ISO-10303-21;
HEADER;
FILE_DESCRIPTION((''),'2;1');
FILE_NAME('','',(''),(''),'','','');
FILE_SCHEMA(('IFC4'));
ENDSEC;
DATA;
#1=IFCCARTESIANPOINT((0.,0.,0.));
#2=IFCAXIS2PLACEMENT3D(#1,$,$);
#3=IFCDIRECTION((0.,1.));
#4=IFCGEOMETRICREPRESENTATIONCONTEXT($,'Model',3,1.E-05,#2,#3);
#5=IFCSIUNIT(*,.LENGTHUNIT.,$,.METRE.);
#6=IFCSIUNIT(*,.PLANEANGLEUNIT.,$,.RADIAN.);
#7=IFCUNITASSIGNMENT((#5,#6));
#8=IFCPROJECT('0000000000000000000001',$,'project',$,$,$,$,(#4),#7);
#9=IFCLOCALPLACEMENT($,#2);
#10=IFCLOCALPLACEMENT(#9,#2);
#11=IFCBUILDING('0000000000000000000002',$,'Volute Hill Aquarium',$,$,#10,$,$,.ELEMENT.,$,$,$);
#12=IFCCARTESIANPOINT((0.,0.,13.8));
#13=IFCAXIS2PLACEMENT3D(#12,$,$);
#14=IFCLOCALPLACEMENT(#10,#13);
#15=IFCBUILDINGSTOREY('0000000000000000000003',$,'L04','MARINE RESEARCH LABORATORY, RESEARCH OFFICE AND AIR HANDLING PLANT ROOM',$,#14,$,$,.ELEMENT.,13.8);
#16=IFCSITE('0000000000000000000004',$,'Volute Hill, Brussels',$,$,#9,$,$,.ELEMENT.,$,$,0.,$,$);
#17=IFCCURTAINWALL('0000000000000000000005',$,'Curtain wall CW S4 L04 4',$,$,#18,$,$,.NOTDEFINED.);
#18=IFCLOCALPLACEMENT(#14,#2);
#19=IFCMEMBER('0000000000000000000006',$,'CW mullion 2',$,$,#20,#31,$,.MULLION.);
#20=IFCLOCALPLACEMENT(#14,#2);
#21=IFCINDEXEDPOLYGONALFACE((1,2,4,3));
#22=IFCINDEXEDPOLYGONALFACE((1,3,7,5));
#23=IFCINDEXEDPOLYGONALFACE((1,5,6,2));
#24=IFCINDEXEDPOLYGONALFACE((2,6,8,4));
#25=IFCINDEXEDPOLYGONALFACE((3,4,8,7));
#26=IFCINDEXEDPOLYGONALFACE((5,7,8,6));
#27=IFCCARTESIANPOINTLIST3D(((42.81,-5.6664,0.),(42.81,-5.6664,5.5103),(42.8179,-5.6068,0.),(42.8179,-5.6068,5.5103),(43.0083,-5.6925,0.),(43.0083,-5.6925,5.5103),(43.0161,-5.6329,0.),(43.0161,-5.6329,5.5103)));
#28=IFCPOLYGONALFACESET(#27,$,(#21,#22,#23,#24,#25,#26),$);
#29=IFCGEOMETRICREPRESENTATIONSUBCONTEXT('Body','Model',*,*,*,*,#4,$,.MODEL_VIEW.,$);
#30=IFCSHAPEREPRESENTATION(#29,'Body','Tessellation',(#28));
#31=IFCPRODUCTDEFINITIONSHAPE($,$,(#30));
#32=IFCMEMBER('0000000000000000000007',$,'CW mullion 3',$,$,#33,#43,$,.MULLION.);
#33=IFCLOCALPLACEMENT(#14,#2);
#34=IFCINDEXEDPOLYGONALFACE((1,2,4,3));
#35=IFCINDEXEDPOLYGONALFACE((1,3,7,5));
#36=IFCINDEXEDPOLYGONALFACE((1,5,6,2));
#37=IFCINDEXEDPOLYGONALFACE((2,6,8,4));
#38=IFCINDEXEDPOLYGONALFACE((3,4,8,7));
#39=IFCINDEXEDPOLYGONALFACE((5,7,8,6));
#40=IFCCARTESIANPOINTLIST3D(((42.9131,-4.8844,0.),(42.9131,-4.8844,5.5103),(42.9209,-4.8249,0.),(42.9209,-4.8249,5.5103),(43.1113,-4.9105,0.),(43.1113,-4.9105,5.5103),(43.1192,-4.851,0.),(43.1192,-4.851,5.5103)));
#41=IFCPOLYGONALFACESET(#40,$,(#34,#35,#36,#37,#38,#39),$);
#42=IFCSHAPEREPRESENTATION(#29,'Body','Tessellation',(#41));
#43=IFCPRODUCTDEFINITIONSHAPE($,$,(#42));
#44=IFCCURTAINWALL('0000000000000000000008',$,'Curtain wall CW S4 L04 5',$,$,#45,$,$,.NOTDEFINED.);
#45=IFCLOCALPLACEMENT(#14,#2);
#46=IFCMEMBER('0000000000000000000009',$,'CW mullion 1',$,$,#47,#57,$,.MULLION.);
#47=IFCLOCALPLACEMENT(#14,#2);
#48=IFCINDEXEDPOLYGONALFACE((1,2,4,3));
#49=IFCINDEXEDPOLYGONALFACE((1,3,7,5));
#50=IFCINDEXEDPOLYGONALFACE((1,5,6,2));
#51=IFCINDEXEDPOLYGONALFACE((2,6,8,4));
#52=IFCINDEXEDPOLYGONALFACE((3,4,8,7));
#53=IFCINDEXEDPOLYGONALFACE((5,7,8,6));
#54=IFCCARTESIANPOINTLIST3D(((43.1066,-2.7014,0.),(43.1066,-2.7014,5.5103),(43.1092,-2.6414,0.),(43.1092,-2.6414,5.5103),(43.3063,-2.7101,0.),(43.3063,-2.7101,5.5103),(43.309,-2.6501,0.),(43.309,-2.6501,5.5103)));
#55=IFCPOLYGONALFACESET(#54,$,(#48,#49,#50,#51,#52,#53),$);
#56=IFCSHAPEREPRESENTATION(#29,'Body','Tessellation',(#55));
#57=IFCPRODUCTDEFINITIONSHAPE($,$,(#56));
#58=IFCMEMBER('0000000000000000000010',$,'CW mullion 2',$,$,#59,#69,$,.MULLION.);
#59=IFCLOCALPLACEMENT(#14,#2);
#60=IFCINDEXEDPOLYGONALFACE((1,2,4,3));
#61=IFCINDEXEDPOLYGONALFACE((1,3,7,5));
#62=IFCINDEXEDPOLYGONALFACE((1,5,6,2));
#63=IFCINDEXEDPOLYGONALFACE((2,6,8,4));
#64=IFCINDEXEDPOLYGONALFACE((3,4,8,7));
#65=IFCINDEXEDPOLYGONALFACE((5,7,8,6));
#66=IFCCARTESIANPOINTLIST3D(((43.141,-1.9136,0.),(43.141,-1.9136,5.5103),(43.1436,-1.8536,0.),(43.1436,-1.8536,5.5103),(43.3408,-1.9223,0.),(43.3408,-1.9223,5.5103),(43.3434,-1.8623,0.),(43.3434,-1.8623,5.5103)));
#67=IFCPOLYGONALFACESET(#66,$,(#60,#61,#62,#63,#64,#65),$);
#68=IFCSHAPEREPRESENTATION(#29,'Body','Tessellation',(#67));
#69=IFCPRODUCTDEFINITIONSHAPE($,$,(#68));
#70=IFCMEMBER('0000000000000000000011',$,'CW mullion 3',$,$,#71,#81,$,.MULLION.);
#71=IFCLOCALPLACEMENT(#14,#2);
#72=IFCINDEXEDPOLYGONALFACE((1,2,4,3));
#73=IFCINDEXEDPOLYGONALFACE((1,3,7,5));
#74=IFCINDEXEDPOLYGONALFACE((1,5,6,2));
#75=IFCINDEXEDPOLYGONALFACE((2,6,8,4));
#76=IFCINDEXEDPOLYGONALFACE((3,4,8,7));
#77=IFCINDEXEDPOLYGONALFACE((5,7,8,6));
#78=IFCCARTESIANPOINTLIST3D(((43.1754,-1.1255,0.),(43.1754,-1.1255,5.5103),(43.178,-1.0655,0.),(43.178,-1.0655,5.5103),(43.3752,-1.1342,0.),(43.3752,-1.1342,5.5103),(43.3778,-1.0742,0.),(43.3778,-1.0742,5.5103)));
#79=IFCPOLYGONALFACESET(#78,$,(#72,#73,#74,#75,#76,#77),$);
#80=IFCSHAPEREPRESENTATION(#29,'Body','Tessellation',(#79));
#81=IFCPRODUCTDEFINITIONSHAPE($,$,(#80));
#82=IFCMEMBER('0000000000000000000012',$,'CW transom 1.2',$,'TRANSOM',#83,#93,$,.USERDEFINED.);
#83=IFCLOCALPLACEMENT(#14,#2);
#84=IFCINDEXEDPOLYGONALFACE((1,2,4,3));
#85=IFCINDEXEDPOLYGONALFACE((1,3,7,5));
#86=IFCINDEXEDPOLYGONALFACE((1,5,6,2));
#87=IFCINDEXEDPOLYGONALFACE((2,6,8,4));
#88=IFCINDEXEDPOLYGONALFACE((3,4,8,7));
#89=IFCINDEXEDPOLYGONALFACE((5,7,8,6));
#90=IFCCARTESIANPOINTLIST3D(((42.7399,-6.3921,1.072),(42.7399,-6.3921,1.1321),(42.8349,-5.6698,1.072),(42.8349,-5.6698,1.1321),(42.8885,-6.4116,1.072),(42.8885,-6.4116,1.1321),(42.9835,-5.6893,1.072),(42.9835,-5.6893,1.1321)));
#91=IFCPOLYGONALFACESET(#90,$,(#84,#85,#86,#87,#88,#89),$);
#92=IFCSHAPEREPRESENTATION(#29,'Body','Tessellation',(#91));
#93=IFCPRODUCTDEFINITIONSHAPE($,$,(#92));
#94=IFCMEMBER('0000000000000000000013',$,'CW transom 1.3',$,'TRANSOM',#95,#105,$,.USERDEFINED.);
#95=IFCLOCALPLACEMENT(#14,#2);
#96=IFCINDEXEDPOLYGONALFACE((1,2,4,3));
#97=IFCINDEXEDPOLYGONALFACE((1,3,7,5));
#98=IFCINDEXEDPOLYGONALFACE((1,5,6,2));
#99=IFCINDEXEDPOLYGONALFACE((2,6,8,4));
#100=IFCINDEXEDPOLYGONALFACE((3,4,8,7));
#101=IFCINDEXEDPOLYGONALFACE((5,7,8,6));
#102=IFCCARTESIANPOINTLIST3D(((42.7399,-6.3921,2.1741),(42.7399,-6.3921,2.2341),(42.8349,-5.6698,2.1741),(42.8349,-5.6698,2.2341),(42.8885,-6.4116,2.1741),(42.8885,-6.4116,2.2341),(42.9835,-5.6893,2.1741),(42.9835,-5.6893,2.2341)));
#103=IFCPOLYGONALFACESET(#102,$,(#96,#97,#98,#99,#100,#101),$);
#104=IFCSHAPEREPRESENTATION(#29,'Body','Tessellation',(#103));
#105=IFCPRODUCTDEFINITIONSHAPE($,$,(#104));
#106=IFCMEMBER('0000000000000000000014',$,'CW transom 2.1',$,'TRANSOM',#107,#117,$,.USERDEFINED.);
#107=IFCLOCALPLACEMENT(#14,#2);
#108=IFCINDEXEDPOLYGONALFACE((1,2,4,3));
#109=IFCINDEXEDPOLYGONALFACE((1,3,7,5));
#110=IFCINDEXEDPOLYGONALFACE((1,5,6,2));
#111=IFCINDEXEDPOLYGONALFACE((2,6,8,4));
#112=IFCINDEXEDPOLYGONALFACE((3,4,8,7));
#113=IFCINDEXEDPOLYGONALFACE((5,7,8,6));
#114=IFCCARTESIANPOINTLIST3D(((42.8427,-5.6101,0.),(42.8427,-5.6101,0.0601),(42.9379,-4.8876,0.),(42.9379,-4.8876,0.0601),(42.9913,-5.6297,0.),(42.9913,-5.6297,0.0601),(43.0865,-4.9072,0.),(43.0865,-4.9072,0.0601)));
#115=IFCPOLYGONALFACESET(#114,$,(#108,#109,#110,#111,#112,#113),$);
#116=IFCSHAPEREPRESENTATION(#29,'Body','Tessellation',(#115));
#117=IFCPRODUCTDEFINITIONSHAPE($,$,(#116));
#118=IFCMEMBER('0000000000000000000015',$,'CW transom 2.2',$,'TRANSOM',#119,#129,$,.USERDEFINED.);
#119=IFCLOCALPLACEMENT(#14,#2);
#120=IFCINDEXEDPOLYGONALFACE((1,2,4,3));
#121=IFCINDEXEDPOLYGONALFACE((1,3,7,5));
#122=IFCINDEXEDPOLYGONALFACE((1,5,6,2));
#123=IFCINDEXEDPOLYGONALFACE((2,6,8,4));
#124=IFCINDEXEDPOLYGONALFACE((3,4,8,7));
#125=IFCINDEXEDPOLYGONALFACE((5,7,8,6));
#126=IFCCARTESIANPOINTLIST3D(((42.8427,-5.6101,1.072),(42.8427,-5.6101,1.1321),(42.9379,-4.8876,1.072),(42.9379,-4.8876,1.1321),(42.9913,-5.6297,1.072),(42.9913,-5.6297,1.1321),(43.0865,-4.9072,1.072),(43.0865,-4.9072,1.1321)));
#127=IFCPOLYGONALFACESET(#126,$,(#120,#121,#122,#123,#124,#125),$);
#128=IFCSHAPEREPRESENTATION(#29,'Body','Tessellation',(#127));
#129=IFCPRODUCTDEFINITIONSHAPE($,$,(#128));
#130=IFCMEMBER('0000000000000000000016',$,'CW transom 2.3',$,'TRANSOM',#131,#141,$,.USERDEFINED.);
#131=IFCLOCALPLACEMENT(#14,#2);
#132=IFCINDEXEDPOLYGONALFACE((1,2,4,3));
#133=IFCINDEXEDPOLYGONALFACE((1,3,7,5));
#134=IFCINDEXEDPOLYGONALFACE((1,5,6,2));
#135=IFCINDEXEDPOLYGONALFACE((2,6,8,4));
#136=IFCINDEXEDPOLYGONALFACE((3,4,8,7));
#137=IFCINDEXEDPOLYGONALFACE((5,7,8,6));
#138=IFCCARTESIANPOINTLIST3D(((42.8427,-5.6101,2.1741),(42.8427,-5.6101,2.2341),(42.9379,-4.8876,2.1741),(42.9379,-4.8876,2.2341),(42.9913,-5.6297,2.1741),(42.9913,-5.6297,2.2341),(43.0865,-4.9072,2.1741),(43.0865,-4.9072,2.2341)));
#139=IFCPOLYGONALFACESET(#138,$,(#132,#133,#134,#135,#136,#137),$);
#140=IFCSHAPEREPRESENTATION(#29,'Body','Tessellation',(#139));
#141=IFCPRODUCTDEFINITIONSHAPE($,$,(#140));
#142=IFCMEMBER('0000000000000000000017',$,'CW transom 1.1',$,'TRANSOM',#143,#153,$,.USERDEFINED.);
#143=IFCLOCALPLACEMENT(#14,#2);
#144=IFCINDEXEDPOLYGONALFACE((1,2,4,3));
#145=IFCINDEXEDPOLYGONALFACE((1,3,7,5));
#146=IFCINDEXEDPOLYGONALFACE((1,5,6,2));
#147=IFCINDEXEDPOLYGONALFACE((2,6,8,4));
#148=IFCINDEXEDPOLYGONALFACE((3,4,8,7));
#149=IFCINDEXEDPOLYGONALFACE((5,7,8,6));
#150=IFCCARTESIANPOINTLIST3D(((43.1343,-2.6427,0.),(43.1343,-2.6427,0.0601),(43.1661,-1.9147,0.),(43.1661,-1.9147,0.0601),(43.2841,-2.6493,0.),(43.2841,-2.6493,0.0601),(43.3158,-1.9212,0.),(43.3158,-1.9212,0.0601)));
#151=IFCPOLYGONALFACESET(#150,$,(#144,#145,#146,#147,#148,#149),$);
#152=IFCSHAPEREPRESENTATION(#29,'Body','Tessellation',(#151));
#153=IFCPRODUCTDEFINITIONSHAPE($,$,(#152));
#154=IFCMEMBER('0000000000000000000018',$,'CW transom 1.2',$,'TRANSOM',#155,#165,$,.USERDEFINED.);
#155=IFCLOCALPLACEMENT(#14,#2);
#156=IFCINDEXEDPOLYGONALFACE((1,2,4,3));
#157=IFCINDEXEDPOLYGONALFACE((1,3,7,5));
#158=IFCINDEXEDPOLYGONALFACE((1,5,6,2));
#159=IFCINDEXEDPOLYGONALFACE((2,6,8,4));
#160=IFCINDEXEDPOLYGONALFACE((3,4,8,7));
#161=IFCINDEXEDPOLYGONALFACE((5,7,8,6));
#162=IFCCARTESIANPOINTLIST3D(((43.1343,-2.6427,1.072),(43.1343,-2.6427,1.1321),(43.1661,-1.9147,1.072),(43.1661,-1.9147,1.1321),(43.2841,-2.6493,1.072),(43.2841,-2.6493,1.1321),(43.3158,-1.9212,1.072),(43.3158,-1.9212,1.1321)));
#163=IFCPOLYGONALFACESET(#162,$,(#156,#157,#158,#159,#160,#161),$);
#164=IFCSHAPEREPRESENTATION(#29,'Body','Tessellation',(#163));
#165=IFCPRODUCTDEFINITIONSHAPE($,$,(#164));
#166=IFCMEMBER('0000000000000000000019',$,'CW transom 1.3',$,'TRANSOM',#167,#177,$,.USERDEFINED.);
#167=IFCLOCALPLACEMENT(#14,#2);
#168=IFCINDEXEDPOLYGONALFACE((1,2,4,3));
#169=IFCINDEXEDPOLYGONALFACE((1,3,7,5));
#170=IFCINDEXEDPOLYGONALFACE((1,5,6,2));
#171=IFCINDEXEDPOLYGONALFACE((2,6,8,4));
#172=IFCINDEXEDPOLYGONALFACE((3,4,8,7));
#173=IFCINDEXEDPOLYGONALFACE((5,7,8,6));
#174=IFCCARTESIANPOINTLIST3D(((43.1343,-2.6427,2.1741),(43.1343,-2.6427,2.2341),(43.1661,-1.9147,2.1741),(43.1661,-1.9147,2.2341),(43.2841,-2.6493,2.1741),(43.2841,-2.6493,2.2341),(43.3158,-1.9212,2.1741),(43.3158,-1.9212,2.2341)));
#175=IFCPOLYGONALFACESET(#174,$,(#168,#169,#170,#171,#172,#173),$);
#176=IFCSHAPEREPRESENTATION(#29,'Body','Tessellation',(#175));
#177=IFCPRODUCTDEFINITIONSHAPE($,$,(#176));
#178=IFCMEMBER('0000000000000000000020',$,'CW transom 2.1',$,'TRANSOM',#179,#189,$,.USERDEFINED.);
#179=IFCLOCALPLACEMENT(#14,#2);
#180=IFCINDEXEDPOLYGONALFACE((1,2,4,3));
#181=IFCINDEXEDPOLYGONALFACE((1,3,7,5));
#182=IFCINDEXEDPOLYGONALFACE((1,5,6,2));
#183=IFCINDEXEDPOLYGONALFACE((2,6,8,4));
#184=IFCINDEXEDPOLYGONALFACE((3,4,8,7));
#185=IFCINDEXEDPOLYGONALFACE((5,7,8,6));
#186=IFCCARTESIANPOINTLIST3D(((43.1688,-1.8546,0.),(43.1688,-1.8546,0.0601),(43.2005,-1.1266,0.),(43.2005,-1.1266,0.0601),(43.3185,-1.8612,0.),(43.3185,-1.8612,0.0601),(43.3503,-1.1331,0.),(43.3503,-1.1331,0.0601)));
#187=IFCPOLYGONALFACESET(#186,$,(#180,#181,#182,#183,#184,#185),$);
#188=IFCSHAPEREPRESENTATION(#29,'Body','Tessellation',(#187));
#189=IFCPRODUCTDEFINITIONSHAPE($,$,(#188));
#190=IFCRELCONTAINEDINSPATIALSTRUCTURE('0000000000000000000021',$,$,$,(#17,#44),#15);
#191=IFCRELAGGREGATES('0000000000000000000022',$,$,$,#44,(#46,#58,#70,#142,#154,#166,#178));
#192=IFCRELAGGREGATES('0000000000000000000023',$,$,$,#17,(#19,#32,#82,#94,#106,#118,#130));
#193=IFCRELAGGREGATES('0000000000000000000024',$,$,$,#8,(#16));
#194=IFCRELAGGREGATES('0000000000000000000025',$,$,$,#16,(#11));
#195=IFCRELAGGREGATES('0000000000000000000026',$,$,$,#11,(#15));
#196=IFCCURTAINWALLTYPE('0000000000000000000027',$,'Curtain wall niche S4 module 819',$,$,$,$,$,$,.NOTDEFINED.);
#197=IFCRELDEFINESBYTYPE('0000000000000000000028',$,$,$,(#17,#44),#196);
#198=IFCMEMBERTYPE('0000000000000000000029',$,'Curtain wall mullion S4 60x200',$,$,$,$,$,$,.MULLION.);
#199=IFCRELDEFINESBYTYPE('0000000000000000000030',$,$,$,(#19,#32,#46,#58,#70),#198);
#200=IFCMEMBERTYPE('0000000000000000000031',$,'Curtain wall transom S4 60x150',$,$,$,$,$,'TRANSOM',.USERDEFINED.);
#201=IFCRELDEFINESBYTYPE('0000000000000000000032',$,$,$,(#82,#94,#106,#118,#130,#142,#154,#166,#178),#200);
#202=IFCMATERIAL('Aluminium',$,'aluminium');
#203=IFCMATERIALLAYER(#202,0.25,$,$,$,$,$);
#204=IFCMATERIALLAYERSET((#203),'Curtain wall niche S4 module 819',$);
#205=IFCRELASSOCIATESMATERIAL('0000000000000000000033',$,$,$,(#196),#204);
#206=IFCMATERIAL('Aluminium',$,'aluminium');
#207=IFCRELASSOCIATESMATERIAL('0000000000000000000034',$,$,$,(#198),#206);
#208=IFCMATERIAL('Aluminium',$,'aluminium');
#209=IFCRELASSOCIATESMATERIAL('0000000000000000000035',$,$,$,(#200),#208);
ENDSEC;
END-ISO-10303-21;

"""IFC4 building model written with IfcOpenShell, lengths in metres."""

from ifc_helpers import new_model, si_unit, direction, frame, origin, origin_2d, place, context, subcontext, project, spatial, rectangle, extrude, material, layer, layer_set, material_profile, profile_set, type_object, element, aggregate, save


model = new_model("IFC4")

# Units and contexts
model_context = context("Model", 3, precision=1e-05, world=origin(), true_north=direction((0.0, 1.0)))
body_context = subcontext(model_context, "Body", "Model", "MODEL_VIEW")
ifc_project = project(units=[si_unit("LENGTHUNIT", "METRE"), si_unit("PLANEANGLEUNIT", "RADIAN")], contexts=[model_context])

# Site, building, storey
site_placement = place(None, origin())
site = spatial("IfcSite", under=ifc_project, at=site_placement, Name="Volute Hill, Brussels", CompositionType="ELEMENT", RefElevation=0.0)
building_placement = place(site_placement, origin())
building = spatial("IfcBuilding", under=site, at=building_placement, Name="Volute Hill Aquarium", CompositionType="ELEMENT")
storey_placement = place(building_placement, frame((0.0, 0.0, 13.8)))
storey = spatial("IfcBuildingStorey", under=building, at=storey_placement, Name="L04", Description="MARINE RESEARCH LABORATORY, RESEARCH OFFICE AND AIR HANDLING PLANT ROOM", CompositionType="ELEMENT", Elevation=13.8)

# Curtain walls, members
ifc_material_1 = material(Name="Aluminium", Category="aluminium")
ifc_layer_1 = layer(ifc_material_1, 0.25)
ifc_layer_set_1 = layer_set([ifc_layer_1], Name="Curtain wall niche S4 module 819")
curtain_wall_type = type_object("IfcCurtainWallType", Name="Curtain wall niche S4 module 819", PredefinedType="NOTDEFINED", material=ifc_layer_set_1)
curtain_wall_1_placement = place(storey_placement, origin())
curtain_wall_1 = element("IfcCurtainWall", 1, at=curtain_wall_1_placement, inside=storey, type_object=curtain_wall_type, Name="Curtain wall CW S4 L04 4", PredefinedType="NOTDEFINED")
ifc_material_2 = material(Name="Aluminium", Category="aluminium")
ifc_material_profile_1 = material_profile(ifc_material_2, rectangle(XDim=0.2, YDim=0.0601, at=origin_2d()), Name="Curtain wall mullion S4 60x200")
ifc_profile_set_1 = profile_set([ifc_material_profile_1], Name="Aluminium")
member_type_1 = type_object("IfcMemberType", Name="Curtain wall mullion S4 60x200", PredefinedType="MULLION", material=ifc_profile_set_1)
member_1_placement = place(storey_placement, frame((42.9131, -5.6497, 0.0), z_axis=(0.0, 0.0, 1.0), x_axis=(-0.991446, 0.130516, 0.0)))
member_1 = element("IfcMember", 2, at=member_1_placement, type_object=member_type_1, Name="CW mullion 2", PredefinedType="MULLION", context=body_context, shape_type="SweptSolid", body=[
    extrude(rectangle(XDim=0.2, YDim=0.0601, at=origin_2d()), origin(), (0.0, 0.0, 1.0), 5.5103),
])
member_2_placement = place(storey_placement, frame((43.0161, -4.8677, 0.0), z_axis=(0.0, 0.0, 1.0), x_axis=(-0.991446, 0.130516, 0.0)))
member_2 = element("IfcMember", 3, at=member_2_placement, type_object=member_type_1, Name="CW mullion 3", PredefinedType="MULLION", context=body_context, shape_type="SweptSolid", body=[
    extrude(rectangle(XDim=0.2, YDim=0.0601, at=origin_2d()), origin(), (0.0, 0.0, 1.0), 5.5103),
])
curtain_wall_2_placement = place(storey_placement, origin())
curtain_wall_2 = element("IfcCurtainWall", 4, at=curtain_wall_2_placement, inside=storey, type_object=curtain_wall_type, Name="Curtain wall CW S4 L04 5", PredefinedType="NOTDEFINED")
member_3_placement = place(storey_placement, frame((43.2078, -2.6758, 0.0), z_axis=(0.0, 0.0, 1.0), x_axis=(-0.999048, 0.043617, 0.0)))
member_3 = element("IfcMember", 5, at=member_3_placement, type_object=member_type_1, Name="CW mullion 1", PredefinedType="MULLION", context=body_context, shape_type="SweptSolid", body=[
    extrude(rectangle(XDim=0.2, YDim=0.0601, at=origin_2d()), origin(), (0.0, 0.0, 1.0), 5.5103),
])
member_4_placement = place(storey_placement, frame((43.2422, -1.8879, 0.0), z_axis=(0.0, 0.0, 1.0), x_axis=(-0.999048, 0.043617, 0.0)))
member_4 = element("IfcMember", 6, at=member_4_placement, type_object=member_type_1, Name="CW mullion 2", PredefinedType="MULLION", context=body_context, shape_type="SweptSolid", body=[
    extrude(rectangle(XDim=0.2, YDim=0.0601, at=origin_2d()), origin(), (0.0, 0.0, 1.0), 5.5103),
])
member_5_placement = place(storey_placement, frame((43.2766, -1.0999, 0.0), z_axis=(0.0, 0.0, 1.0), x_axis=(-0.999048, 0.043617, 0.0)))
member_5 = element("IfcMember", 7, at=member_5_placement, type_object=member_type_1, Name="CW mullion 3", PredefinedType="MULLION", context=body_context, shape_type="SweptSolid", body=[
    extrude(rectangle(XDim=0.2, YDim=0.0601, at=origin_2d()), origin(), (0.0, 0.0, 1.0), 5.5103),
])

# Members
ifc_material_3 = material(Name="Aluminium", Category="aluminium")
ifc_material_profile_2 = material_profile(ifc_material_3, rectangle(XDim=0.1499, YDim=0.0601, at=origin_2d()), Name="Curtain wall transom S4 60x150")
ifc_profile_set_2 = profile_set([ifc_material_profile_2], Name="Aluminium")
member_type_2 = type_object("IfcMemberType", Name="Curtain wall transom S4 60x150", ElementType="TRANSOM", PredefinedType="USERDEFINED", material=ifc_profile_set_2)
member_6_placement = place(storey_placement, frame((42.8142, -6.4019, 1.1021), z_axis=(0.130342, 0.991469, 0.0), x_axis=(-0.991469, 0.130342, 0.0)))
member_6 = element("IfcMember", 8, at=member_6_placement, type_object=member_type_2, Name="CW transom 1.2", ObjectType="TRANSOM", PredefinedType="USERDEFINED", context=body_context, shape_type="SweptSolid", body=[
    extrude(rectangle(XDim=0.1499, YDim=0.0601, at=origin_2d()), origin(), (0.0, 0.0, 1.0), 0.7285),
])
member_7_placement = place(storey_placement, frame((42.8142, -6.4019, 2.2041), z_axis=(0.130342, 0.991469, 0.0), x_axis=(-0.991469, 0.130342, 0.0)))
member_7 = element("IfcMember", 9, at=member_7_placement, type_object=member_type_2, Name="CW transom 1.3", ObjectType="TRANSOM", PredefinedType="USERDEFINED", context=body_context, shape_type="SweptSolid", body=[
    extrude(rectangle(XDim=0.1499, YDim=0.0601, at=origin_2d()), origin(), (0.0, 0.0, 1.0), 0.7285),
])
member_8_placement = place(storey_placement, frame((42.917, -5.6199, 0.03), z_axis=(0.130671, 0.991426, 0.0), x_axis=(-0.991426, 0.130671, 0.0)))
member_8 = element("IfcMember", 10, at=member_8_placement, type_object=member_type_2, Name="CW transom 2.1", ObjectType="TRANSOM", PredefinedType="USERDEFINED", context=body_context, shape_type="SweptSolid", body=[
    extrude(rectangle(XDim=0.1499, YDim=0.0601, at=origin_2d()), origin(), (0.0, 0.0, 1.0), 0.7288),
])
member_9_placement = place(storey_placement, frame((42.917, -5.6199, 1.1021), z_axis=(0.130671, 0.991426, 0.0), x_axis=(-0.991426, 0.130671, 0.0)))
member_9 = element("IfcMember", 11, at=member_9_placement, type_object=member_type_2, Name="CW transom 2.2", ObjectType="TRANSOM", PredefinedType="USERDEFINED", context=body_context, shape_type="SweptSolid", body=[
    extrude(rectangle(XDim=0.1499, YDim=0.0601, at=origin_2d()), origin(), (0.0, 0.0, 1.0), 0.7288),
])
member_10_placement = place(storey_placement, frame((42.917, -5.6199, 2.2041), z_axis=(0.130671, 0.991426, 0.0), x_axis=(-0.991426, 0.130671, 0.0)))
member_10 = element("IfcMember", 12, at=member_10_placement, type_object=member_type_2, Name="CW transom 2.3", ObjectType="TRANSOM", PredefinedType="USERDEFINED", context=body_context, shape_type="SweptSolid", body=[
    extrude(rectangle(XDim=0.1499, YDim=0.0601, at=origin_2d()), origin(), (0.0, 0.0, 1.0), 0.7288),
])
member_11_placement = place(storey_placement, frame((43.2092, -2.646, 0.03), z_axis=(0.043554, 0.999051, 0.0), x_axis=(-0.999051, 0.043554, 0.0)))
member_11 = element("IfcMember", 13, at=member_11_placement, type_object=member_type_2, Name="CW transom 1.1", ObjectType="TRANSOM", PredefinedType="USERDEFINED", context=body_context, shape_type="SweptSolid", body=[
    extrude(rectangle(XDim=0.1499, YDim=0.0601, at=origin_2d()), origin(), (0.0, 0.0, 1.0), 0.7288),
])
member_12_placement = place(storey_placement, frame((43.2092, -2.646, 1.1021), z_axis=(0.043554, 0.999051, 0.0), x_axis=(-0.999051, 0.043554, 0.0)))
member_12 = element("IfcMember", 14, at=member_12_placement, type_object=member_type_2, Name="CW transom 1.2", ObjectType="TRANSOM", PredefinedType="USERDEFINED", context=body_context, shape_type="SweptSolid", body=[
    extrude(rectangle(XDim=0.1499, YDim=0.0601, at=origin_2d()), origin(), (0.0, 0.0, 1.0), 0.7288),
])
member_13_placement = place(storey_placement, frame((43.2092, -2.646, 2.2041), z_axis=(0.043554, 0.999051, 0.0), x_axis=(-0.999051, 0.043554, 0.0)))
member_13 = element("IfcMember", 15, at=member_13_placement, type_object=member_type_2, Name="CW transom 1.3", ObjectType="TRANSOM", PredefinedType="USERDEFINED", context=body_context, shape_type="SweptSolid", body=[
    extrude(rectangle(XDim=0.1499, YDim=0.0601, at=origin_2d()), origin(), (0.0, 0.0, 1.0), 0.7288),
])
member_14_placement = place(storey_placement, frame((43.2437, -1.8579, 0.03), z_axis=(0.043554, 0.999051, 0.0), x_axis=(-0.999051, 0.043554, 0.0)))
member_14 = element("IfcMember", 16, at=member_14_placement, type_object=member_type_2, Name="CW transom 2.1", ObjectType="TRANSOM", PredefinedType="USERDEFINED", context=body_context, shape_type="SweptSolid", body=[
    extrude(rectangle(XDim=0.1499, YDim=0.0601, at=origin_2d()), origin(), (0.0, 0.0, 1.0), 0.7288),
])

aggregate(curtain_wall_2, [member_3, member_4, member_5, member_11, member_12, member_13, member_14])
aggregate(curtain_wall_1, [member_1, member_2, member_6, member_7, member_8, member_9, member_10])

save(model, "model.ifc")
